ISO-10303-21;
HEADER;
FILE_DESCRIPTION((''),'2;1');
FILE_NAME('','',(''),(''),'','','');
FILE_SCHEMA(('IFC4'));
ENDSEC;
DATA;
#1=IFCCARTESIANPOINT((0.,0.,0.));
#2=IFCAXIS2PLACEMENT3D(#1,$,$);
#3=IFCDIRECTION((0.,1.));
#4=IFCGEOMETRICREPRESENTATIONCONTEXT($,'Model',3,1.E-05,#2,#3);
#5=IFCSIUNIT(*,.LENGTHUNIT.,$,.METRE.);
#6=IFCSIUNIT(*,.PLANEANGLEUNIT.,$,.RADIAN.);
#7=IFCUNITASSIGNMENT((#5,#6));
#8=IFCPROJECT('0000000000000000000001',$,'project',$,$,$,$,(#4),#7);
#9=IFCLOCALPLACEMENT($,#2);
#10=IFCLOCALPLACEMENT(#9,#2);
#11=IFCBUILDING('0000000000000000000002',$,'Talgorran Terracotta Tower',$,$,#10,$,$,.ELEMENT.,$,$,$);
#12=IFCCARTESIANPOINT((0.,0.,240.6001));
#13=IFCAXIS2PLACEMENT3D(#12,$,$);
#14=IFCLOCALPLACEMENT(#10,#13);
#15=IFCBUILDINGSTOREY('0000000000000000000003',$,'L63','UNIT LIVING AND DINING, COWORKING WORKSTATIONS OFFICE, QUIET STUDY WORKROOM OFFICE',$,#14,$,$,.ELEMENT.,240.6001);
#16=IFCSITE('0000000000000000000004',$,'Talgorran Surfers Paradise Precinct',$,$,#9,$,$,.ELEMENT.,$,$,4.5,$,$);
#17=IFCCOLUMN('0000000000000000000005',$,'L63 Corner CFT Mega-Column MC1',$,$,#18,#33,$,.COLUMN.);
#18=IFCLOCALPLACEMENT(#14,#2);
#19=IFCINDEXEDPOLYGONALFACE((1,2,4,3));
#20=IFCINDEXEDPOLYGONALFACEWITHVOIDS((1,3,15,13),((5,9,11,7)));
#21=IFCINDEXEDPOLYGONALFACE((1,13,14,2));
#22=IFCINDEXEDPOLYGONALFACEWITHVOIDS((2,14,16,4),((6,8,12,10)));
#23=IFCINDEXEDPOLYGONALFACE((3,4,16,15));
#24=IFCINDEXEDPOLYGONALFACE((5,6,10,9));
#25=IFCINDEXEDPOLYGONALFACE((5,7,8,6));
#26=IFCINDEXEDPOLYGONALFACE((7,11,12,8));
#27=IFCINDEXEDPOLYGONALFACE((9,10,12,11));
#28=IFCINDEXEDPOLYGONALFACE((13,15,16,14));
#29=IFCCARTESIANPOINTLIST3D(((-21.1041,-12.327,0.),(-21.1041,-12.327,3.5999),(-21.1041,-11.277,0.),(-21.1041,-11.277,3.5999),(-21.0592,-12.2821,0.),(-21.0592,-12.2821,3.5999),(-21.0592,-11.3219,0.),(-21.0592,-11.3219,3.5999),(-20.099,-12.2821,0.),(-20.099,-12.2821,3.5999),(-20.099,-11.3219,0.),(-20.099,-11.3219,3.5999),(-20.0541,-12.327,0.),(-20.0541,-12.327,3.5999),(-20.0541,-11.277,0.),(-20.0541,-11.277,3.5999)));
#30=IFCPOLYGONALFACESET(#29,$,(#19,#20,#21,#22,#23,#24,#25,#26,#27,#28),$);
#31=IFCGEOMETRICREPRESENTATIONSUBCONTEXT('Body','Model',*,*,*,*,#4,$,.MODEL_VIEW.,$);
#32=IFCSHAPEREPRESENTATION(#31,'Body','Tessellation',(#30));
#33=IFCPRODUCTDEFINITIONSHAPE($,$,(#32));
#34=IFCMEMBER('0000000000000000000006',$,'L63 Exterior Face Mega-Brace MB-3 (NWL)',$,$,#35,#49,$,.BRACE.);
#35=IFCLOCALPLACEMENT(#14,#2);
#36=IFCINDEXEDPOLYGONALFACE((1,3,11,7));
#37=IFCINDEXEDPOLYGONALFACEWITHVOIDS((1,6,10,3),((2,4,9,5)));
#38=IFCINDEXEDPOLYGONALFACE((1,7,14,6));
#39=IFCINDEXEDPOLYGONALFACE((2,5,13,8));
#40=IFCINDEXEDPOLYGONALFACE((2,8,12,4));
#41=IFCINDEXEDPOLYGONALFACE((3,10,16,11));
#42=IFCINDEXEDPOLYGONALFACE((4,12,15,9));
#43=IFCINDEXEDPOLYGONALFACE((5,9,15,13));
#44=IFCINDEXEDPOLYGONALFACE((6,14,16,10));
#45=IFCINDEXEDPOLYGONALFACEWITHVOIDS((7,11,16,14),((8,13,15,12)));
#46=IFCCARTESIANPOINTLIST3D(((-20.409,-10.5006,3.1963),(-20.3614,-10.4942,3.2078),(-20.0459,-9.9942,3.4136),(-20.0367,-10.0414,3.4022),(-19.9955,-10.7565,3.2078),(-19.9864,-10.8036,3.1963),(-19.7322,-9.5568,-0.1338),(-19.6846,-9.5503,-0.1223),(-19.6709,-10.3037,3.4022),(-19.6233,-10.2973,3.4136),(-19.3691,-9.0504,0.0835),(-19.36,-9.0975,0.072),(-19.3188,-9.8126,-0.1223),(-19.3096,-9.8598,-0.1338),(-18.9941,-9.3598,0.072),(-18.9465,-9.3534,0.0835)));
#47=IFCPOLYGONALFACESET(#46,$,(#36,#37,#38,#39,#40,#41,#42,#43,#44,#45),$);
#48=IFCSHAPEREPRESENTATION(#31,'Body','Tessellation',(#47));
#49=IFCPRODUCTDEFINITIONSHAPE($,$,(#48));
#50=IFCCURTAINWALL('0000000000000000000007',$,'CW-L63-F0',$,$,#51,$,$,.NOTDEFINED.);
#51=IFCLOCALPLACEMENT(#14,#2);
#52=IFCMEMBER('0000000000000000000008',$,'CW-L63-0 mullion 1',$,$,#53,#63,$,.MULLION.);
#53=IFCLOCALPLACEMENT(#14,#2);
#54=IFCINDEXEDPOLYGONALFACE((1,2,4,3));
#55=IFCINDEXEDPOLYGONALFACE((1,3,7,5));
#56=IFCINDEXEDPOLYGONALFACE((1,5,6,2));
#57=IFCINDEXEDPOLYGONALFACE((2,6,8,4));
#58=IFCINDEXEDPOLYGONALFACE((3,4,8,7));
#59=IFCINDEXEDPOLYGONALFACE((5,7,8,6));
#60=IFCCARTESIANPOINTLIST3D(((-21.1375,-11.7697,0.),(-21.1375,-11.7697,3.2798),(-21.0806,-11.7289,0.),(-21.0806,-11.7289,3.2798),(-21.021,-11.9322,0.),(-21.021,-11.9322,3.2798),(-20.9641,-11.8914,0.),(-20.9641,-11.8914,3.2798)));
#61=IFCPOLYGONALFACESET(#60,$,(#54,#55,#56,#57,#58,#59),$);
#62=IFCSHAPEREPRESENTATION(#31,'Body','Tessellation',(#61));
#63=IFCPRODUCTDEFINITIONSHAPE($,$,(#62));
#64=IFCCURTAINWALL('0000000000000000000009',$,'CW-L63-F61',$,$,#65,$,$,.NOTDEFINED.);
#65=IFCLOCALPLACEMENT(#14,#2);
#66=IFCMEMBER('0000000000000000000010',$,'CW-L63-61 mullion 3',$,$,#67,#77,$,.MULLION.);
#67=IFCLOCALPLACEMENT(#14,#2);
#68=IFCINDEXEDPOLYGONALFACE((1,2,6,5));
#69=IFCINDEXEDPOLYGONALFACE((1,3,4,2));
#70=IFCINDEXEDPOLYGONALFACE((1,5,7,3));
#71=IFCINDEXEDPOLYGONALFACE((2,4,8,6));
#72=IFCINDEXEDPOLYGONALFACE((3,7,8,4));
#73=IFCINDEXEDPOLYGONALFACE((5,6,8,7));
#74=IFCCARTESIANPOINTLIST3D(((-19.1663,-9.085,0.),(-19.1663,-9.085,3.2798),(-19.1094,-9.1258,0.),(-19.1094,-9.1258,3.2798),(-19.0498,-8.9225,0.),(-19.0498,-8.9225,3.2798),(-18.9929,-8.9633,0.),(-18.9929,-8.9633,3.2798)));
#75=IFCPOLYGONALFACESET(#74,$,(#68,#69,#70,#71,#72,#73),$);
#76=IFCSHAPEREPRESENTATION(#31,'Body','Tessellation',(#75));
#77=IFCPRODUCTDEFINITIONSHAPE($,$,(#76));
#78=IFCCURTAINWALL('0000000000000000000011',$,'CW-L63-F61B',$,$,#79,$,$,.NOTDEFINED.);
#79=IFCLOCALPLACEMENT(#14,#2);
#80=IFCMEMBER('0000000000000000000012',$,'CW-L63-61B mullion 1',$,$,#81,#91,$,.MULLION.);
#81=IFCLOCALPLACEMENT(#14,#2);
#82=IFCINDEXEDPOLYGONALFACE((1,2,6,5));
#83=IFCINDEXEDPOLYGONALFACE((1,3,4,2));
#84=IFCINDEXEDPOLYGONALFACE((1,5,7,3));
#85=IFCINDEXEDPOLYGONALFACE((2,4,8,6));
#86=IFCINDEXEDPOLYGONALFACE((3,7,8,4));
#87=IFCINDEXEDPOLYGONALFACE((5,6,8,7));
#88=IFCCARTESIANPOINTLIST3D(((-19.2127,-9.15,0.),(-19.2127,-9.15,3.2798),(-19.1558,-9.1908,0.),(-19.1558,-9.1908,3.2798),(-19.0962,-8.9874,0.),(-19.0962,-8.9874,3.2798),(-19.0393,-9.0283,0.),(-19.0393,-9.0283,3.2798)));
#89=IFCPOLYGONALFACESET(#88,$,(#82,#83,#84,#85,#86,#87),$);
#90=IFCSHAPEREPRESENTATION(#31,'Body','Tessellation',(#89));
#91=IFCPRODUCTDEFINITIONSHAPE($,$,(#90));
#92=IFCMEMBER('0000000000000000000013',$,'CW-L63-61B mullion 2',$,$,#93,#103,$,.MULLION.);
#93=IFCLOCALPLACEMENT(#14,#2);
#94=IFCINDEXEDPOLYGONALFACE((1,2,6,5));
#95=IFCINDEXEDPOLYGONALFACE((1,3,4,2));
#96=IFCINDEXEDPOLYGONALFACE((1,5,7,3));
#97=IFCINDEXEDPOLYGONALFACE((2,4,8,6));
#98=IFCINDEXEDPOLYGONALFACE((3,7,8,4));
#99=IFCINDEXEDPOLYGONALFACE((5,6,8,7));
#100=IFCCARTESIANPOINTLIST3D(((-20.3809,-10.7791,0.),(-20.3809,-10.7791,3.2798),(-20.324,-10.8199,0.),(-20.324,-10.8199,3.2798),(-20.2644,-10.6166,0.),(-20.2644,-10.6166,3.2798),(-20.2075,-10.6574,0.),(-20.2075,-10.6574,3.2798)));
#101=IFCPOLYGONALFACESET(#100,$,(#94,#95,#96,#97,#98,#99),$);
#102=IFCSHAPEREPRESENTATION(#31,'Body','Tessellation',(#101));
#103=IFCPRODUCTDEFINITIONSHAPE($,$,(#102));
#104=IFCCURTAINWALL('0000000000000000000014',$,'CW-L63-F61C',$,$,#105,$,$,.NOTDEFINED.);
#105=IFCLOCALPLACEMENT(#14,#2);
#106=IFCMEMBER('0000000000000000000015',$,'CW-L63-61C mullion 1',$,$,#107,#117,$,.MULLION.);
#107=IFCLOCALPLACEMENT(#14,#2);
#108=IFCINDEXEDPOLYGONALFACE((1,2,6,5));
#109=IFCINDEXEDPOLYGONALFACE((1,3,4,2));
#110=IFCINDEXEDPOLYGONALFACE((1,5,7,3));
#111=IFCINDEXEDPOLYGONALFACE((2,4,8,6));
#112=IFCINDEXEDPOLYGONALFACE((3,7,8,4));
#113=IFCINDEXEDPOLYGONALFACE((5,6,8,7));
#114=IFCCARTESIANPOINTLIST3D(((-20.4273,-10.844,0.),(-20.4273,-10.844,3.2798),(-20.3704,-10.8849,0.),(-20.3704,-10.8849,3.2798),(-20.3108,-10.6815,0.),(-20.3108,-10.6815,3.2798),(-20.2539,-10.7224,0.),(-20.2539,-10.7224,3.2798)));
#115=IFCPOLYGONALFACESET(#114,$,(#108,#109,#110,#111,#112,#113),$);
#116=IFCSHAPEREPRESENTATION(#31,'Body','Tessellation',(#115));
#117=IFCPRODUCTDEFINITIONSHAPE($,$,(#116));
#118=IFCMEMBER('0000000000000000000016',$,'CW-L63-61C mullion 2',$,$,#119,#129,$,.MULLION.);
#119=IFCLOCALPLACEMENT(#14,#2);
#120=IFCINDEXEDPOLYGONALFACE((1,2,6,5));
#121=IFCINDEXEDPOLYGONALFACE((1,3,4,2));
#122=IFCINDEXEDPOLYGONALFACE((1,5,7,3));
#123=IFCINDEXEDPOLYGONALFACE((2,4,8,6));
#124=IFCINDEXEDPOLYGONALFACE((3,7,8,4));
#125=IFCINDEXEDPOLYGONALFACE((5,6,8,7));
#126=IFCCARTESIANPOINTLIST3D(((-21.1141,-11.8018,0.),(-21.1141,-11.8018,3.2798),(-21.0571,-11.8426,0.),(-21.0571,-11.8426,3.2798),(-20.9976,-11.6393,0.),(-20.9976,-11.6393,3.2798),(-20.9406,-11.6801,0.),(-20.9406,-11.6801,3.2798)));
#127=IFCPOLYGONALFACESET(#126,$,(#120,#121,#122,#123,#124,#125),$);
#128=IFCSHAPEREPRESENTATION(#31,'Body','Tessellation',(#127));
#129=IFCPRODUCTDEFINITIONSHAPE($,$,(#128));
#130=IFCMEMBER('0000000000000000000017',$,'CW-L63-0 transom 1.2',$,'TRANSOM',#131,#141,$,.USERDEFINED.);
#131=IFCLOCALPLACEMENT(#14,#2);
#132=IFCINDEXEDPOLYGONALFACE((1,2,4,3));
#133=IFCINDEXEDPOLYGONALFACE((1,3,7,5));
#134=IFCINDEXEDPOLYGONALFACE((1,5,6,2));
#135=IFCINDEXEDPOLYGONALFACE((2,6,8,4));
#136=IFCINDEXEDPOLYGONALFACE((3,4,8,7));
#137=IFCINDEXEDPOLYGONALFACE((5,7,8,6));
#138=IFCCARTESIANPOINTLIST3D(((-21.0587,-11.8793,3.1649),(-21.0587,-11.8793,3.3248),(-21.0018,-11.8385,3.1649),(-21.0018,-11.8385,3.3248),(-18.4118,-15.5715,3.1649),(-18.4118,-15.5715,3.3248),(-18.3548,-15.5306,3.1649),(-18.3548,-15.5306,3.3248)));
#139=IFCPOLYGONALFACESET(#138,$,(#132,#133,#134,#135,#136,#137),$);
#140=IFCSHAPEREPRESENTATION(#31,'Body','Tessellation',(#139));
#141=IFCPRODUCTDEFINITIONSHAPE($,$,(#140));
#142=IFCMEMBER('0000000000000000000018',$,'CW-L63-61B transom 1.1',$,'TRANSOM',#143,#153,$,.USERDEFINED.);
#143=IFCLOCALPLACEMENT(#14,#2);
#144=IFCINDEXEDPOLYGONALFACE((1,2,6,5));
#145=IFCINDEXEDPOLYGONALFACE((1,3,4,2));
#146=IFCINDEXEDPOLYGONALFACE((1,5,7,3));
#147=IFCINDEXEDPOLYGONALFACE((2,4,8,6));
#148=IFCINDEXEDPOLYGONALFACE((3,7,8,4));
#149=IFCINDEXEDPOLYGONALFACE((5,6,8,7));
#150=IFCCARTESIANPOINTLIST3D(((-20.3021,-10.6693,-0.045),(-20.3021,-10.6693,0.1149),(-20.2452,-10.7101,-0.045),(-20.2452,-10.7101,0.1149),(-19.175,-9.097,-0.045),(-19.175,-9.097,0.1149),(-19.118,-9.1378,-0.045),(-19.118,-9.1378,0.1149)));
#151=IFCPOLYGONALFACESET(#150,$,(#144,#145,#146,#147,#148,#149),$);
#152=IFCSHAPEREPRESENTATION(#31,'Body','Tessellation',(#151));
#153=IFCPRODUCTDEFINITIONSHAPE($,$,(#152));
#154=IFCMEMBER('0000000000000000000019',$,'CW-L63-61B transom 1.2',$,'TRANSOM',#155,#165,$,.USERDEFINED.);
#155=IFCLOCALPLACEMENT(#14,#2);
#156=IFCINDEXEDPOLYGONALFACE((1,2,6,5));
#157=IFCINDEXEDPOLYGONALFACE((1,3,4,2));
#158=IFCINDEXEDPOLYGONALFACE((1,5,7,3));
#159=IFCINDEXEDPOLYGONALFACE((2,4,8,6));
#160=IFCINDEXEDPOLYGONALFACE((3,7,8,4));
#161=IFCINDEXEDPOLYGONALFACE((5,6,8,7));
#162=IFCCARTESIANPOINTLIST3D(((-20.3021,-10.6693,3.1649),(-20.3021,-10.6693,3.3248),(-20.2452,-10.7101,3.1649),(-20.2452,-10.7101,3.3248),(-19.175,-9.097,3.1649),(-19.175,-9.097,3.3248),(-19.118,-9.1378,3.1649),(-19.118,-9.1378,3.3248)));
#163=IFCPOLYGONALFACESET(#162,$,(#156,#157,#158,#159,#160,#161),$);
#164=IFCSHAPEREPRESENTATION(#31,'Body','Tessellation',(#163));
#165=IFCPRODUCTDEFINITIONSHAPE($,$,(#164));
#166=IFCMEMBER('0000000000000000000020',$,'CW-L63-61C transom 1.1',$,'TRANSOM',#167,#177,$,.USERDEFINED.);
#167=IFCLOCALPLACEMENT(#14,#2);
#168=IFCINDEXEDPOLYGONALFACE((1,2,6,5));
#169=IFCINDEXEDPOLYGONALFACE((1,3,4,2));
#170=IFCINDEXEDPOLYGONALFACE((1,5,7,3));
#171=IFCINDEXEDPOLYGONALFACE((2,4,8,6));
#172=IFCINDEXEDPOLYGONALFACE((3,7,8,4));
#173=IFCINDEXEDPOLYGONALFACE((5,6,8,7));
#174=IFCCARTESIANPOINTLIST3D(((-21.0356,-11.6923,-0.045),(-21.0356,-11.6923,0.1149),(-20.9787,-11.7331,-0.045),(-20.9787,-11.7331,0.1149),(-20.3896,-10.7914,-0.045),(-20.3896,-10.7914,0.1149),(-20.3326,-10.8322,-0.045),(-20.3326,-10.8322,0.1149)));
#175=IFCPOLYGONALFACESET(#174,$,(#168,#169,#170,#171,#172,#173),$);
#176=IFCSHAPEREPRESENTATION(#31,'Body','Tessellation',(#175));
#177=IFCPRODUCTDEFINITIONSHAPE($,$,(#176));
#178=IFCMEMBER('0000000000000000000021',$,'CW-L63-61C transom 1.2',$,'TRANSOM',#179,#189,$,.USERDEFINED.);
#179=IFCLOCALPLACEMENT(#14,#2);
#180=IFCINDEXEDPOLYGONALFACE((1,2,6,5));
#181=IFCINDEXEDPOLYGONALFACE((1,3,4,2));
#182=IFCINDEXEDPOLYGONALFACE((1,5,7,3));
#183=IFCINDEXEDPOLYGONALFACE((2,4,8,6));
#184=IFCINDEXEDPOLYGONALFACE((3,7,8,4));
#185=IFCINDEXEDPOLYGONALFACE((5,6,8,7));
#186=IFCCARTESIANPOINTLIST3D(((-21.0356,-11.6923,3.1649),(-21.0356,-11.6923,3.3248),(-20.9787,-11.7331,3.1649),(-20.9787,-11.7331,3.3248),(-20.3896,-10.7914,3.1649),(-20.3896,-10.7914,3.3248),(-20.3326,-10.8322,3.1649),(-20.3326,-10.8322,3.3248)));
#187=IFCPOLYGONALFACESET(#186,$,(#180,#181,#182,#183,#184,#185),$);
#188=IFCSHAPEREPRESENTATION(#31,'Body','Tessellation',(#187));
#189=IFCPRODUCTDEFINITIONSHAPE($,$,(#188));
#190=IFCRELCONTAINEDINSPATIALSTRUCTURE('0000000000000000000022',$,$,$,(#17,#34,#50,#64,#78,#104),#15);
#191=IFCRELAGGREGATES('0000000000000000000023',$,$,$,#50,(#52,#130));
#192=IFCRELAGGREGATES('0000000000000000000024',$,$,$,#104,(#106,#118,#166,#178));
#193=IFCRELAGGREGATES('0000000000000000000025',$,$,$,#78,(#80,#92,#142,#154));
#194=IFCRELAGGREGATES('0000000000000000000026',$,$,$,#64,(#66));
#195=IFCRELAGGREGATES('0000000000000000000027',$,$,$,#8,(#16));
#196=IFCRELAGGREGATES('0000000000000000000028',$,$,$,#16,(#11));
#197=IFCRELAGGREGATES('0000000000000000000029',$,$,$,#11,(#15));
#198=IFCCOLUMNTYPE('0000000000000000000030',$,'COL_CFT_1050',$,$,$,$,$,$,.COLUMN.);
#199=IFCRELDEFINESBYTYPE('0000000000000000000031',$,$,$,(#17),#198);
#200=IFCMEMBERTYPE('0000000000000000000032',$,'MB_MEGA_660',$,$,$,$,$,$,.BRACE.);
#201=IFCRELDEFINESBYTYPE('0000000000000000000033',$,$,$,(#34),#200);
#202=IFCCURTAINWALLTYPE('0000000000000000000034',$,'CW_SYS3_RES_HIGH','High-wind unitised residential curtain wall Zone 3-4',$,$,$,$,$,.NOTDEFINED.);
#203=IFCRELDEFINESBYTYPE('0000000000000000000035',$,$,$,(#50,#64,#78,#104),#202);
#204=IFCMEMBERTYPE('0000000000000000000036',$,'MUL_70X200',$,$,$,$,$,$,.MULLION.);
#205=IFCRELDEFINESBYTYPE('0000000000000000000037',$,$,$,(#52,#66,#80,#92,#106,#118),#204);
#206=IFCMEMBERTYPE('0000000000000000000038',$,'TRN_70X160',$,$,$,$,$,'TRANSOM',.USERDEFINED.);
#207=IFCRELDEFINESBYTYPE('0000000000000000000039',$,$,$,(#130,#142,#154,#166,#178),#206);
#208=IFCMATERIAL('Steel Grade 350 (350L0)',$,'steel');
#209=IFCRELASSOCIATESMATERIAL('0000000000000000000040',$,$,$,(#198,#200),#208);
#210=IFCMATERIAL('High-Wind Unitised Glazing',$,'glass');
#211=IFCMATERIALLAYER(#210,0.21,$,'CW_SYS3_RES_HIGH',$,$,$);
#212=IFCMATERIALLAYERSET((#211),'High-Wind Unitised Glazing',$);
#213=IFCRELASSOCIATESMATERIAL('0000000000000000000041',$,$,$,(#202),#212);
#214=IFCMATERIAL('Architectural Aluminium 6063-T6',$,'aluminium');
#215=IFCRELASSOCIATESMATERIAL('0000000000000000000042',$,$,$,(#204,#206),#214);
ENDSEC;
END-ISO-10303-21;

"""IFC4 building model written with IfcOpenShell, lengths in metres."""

from ifc_helpers import new_model, si_unit, direction, frame, origin, origin_2d, place, context, subcontext, project, spatial, rectangle, hollow_rectangle, extrude, material, layer, layer_set, material_profile, profile_set, type_object, element, aggregate, save


model = new_model("IFC4")

# Units and contexts
model_context = context("Model", 3, precision=1e-05, world=origin(), true_north=direction((0.0, 1.0)))
body_context = subcontext(model_context, "Body", "Model", "MODEL_VIEW")
ifc_project = project(units=[si_unit("LENGTHUNIT", "METRE"), si_unit("PLANEANGLEUNIT", "RADIAN")], contexts=[model_context])

# Site, building, storey
site_placement = place(None, origin())
site = spatial("IfcSite", under=ifc_project, at=site_placement, Name="Talgorran Surfers Paradise Precinct", CompositionType="ELEMENT", RefElevation=4.5)
building_placement = place(site_placement, origin())
building = spatial("IfcBuilding", under=site, at=building_placement, Name="Talgorran Terracotta Tower", CompositionType="ELEMENT")
storey_placement = place(building_placement, frame((0.0, 0.0, 240.6001)))
storey = spatial("IfcBuildingStorey", under=building, at=storey_placement, Name="L63", Description="UNIT LIVING AND DINING, COWORKING WORKSTATIONS OFFICE, QUIET STUDY WORKROOM OFFICE", CompositionType="ELEMENT", Elevation=240.6001)

# Column
ifc_material_1 = material(Name="Steel Grade 350 (350L0)", Category="steel")
ifc_material_profile_1 = material_profile(ifc_material_1, hollow_rectangle(XDim=1.05, YDim=1.05, WallThickness=0.0449, at=origin_2d()), Name="CFT1050X1050X45")
ifc_profile_set_1 = profile_set([ifc_material_profile_1], Name="Steel Grade 350 (350L0)")
column_type = type_object("IfcColumnType", Name="COL_CFT_1050", PredefinedType="COLUMN", material=ifc_profile_set_1)
column_placement = place(storey_placement, frame((-20.5791, -11.802, 0.0), z_axis=(0.0, 0.0, 1.0), x_axis=(1.0, 0.0, 0.0)))
element("IfcColumn", 1, at=column_placement, inside=storey, type_object=column_type, Name="L63 Corner CFT Mega-Column MC1", PredefinedType="COLUMN", context=body_context, shape_type="SweptSolid", body=[
    extrude(hollow_rectangle(XDim=1.05, YDim=1.05, WallThickness=0.0449, at=origin_2d()), origin(), (0.0, 0.0, 1.0), 3.5999),
])

# Member
ifc_material_profile_2 = material_profile(ifc_material_1, hollow_rectangle(XDim=0.52, YDim=0.6599, WallThickness=0.0349, at=origin_2d()), Name="WBOX660X520X35")
ifc_profile_set_2 = profile_set([ifc_material_profile_2], Name="Steel Grade 350 (350L0)")
member_type_1 = type_object("IfcMemberType", Name="MB_MEGA_660", PredefinedType="BRACE", material=ifc_profile_set_2)
member_1_placement = place(storey_placement, frame((-19.3394, -9.4551, -0.0251), z_axis=(-0.19189, -0.267622, 0.944223), x_axis=(0.812681, -0.582709, 0.0)))
element("IfcMember", 2, at=member_1_placement, inside=storey, type_object=member_type_1, Name="L63 Exterior Face Mega-Brace MB-3 (NWL)", PredefinedType="BRACE", context=body_context, shape_type="SweptSolid", body=[
    extrude(hollow_rectangle(XDim=0.52, YDim=0.6599, WallThickness=0.0349, at=origin_2d()), origin(), (0.0, 0.0, 1.0), 3.5269),
])

# Curtain walls, members
ifc_material_2 = material(Name="High-Wind Unitised Glazing", Category="glass")
ifc_layer_1 = layer(ifc_material_2, 0.21, Name="CW_SYS3_RES_HIGH")
ifc_layer_set_1 = layer_set([ifc_layer_1], Name="High-Wind Unitised Glazing")
curtain_wall_type = type_object("IfcCurtainWallType", Name="CW_SYS3_RES_HIGH", Description="High-wind unitised residential curtain wall Zone 3-4", PredefinedType="NOTDEFINED", material=ifc_layer_set_1)
curtain_wall_1_placement = place(storey_placement, origin())
curtain_wall_1 = element("IfcCurtainWall", 3, at=curtain_wall_1_placement, inside=storey, type_object=curtain_wall_type, Name="CW-L63-F0", PredefinedType="NOTDEFINED")
ifc_material_3 = material(Name="Architectural Aluminium 6063-T6", Category="aluminium")
ifc_material_profile_3 = material_profile(ifc_material_3, rectangle(XDim=0.0701, YDim=0.2, at=origin_2d()), Name="CWM70X200")
ifc_profile_set_3 = profile_set([ifc_material_profile_3], Name="Architectural Aluminium 6063-T6")
member_type_2 = type_object("IfcMemberType", Name="MUL_70X200", PredefinedType="MULLION", material=ifc_profile_set_3)
member_2_placement = place(storey_placement, frame((-21.0508, -11.8306, 0.0), z_axis=(0.0, 0.0, 1.0), x_axis=(0.812715, 0.582661, 0.0)))
member_2 = element("IfcMember", 4, at=member_2_placement, type_object=member_type_2, Name="CW-L63-0 mullion 1", PredefinedType="MULLION", context=body_context, shape_type="SweptSolid", body=[
    extrude(rectangle(XDim=0.0701, YDim=0.2, at=origin_2d()), origin(), (0.0, 0.0, 1.0), 3.2798),
])
curtain_wall_2_placement = place(storey_placement, origin())
curtain_wall_2 = element("IfcCurtainWall", 5, at=curtain_wall_2_placement, inside=storey, type_object=curtain_wall_type, Name="CW-L63-F61", PredefinedType="NOTDEFINED")
member_3_placement = place(storey_placement, frame((-19.0796, -9.0242, 0.0), z_axis=(0.0, 0.0, 1.0), x_axis=(0.812711, -0.582667, 0.0)))
member_3 = element("IfcMember", 6, at=member_3_placement, type_object=member_type_2, Name="CW-L63-61 mullion 3", PredefinedType="MULLION", context=body_context, shape_type="SweptSolid", body=[
    extrude(rectangle(XDim=0.0701, YDim=0.2, at=origin_2d()), origin(), (0.0, 0.0, 1.0), 3.2798),
])

# Curtain walls, members
curtain_wall_3_placement = place(storey_placement, origin())
curtain_wall_3 = element("IfcCurtainWall", 7, at=curtain_wall_3_placement, inside=storey, type_object=curtain_wall_type, Name="CW-L63-F61B", PredefinedType="NOTDEFINED")
member_4_placement = place(storey_placement, frame((-19.126, -9.0891, 0.0), z_axis=(0.0, 0.0, 1.0), x_axis=(0.812719, -0.582655, 0.0)))
member_4 = element("IfcMember", 8, at=member_4_placement, type_object=member_type_2, Name="CW-L63-61B mullion 1", PredefinedType="MULLION", context=body_context, shape_type="SweptSolid", body=[
    extrude(rectangle(XDim=0.0701, YDim=0.2, at=origin_2d()), origin(), (0.0, 0.0, 1.0), 3.2798),
])
member_5_placement = place(storey_placement, frame((-20.2942, -10.7183, 0.0), z_axis=(0.0, 0.0, 1.0), x_axis=(0.812719, -0.582655, 0.0)))
member_5 = element("IfcMember", 9, at=member_5_placement, type_object=member_type_2, Name="CW-L63-61B mullion 2", PredefinedType="MULLION", context=body_context, shape_type="SweptSolid", body=[
    extrude(rectangle(XDim=0.0701, YDim=0.2, at=origin_2d()), origin(), (0.0, 0.0, 1.0), 3.2798),
])
curtain_wall_4_placement = place(storey_placement, origin())
curtain_wall_4 = element("IfcCurtainWall", 10, at=curtain_wall_4_placement, inside=storey, type_object=curtain_wall_type, Name="CW-L63-F61C", PredefinedType="NOTDEFINED")
member_6_placement = place(storey_placement, frame((-20.3406, -10.7832, 0.0), z_axis=(0.0, 0.0, 1.0), x_axis=(0.812704, -0.582677, 0.0)))
member_6 = element("IfcMember", 11, at=member_6_placement, type_object=member_type_2, Name="CW-L63-61C mullion 1", PredefinedType="MULLION", context=body_context, shape_type="SweptSolid", body=[
    extrude(rectangle(XDim=0.0701, YDim=0.2, at=origin_2d()), origin(), (0.0, 0.0, 1.0), 3.2798),
])
member_7_placement = place(storey_placement, frame((-21.0273, -11.741, 0.0), z_axis=(0.0, 0.0, 1.0), x_axis=(0.812704, -0.582677, 0.0)))
member_7 = element("IfcMember", 12, at=member_7_placement, type_object=member_type_2, Name="CW-L63-61C mullion 2", PredefinedType="MULLION", context=body_context, shape_type="SweptSolid", body=[
    extrude(rectangle(XDim=0.0701, YDim=0.2, at=origin_2d()), origin(), (0.0, 0.0, 1.0), 3.2798),
])

# Members
ifc_material_profile_4 = material_profile(ifc_material_3, rectangle(XDim=0.0701, YDim=0.1599, at=origin_2d()), Name="CWT70X160")
ifc_profile_set_4 = profile_set([ifc_material_profile_4], Name="Architectural Aluminium 6063-T6")
member_type_3 = type_object("IfcMemberType", Name="TRN_70X160", ElementType="TRANSOM", PredefinedType="USERDEFINED", material=ifc_profile_set_4)
member_8_placement = place(storey_placement, frame((-21.0303, -11.8589, 3.2449), z_axis=(0.582656, -0.812719, 0.0), x_axis=(0.812719, 0.582656, 0.0)))
member_8 = element("IfcMember", 13, at=member_8_placement, type_object=member_type_3, Name="CW-L63-0 transom 1.2", ObjectType="TRANSOM", PredefinedType="USERDEFINED", context=body_context, shape_type="SweptSolid", body=[
    extrude(rectangle(XDim=0.0701, YDim=0.1599, at=origin_2d()), origin(), (0.0, 0.0, 1.0), 4.543),
])
aggregate(curtain_wall_1, [member_2, member_8])
member_9_placement = place(storey_placement, frame((-19.1465, -9.1174, 0.0349), z_axis=(-0.582658, -0.812718, 0.0), x_axis=(0.812718, -0.582658, 0.0)))
member_9 = element("IfcMember", 14, at=member_9_placement, type_object=member_type_3, Name="CW-L63-61B transom 1.1", ObjectType="TRANSOM", PredefinedType="USERDEFINED", context=body_context, shape_type="SweptSolid", body=[
    extrude(rectangle(XDim=0.0701, YDim=0.1599, at=origin_2d()), origin(), (0.0, 0.0, 1.0), 1.9346),
])
member_10_placement = place(storey_placement, frame((-19.1465, -9.1174, 3.2449), z_axis=(-0.582658, -0.812718, 0.0), x_axis=(0.812718, -0.582658, 0.0)))
member_10 = element("IfcMember", 15, at=member_10_placement, type_object=member_type_3, Name="CW-L63-61B transom 1.2", ObjectType="TRANSOM", PredefinedType="USERDEFINED", context=body_context, shape_type="SweptSolid", body=[
    extrude(rectangle(XDim=0.0701, YDim=0.1599, at=origin_2d()), origin(), (0.0, 0.0, 1.0), 1.9346),
])
member_11_placement = place(storey_placement, frame((-20.3611, -10.8118, 0.0349), z_axis=(-0.582737, -0.812661, 0.0), x_axis=(0.812661, -0.582737, 0.0)))
member_11 = element("IfcMember", 16, at=member_11_placement, type_object=member_type_3, Name="CW-L63-61C transom 1.1", ObjectType="TRANSOM", PredefinedType="USERDEFINED", context=body_context, shape_type="SweptSolid", body=[
    extrude(rectangle(XDim=0.0701, YDim=0.1599, at=origin_2d()), origin(), (0.0, 0.0, 1.0), 1.1086),
])
member_12_placement = place(storey_placement, frame((-20.3611, -10.8118, 3.2449), z_axis=(-0.582737, -0.812661, 0.0), x_axis=(0.812661, -0.582737, 0.0)))
member_12 = element("IfcMember", 17, at=member_12_placement, type_object=member_type_3, Name="CW-L63-61C transom 1.2", ObjectType="TRANSOM", PredefinedType="USERDEFINED", context=body_context, shape_type="SweptSolid", body=[
    extrude(rectangle(XDim=0.0701, YDim=0.1599, at=origin_2d()), origin(), (0.0, 0.0, 1.0), 1.1086),
])

aggregate(curtain_wall_4, [member_6, member_7, member_11, member_12])
aggregate(curtain_wall_3, [member_4, member_5, member_9, member_10])
aggregate(curtain_wall_2, [member_3])

save(model, "model.ifc")
